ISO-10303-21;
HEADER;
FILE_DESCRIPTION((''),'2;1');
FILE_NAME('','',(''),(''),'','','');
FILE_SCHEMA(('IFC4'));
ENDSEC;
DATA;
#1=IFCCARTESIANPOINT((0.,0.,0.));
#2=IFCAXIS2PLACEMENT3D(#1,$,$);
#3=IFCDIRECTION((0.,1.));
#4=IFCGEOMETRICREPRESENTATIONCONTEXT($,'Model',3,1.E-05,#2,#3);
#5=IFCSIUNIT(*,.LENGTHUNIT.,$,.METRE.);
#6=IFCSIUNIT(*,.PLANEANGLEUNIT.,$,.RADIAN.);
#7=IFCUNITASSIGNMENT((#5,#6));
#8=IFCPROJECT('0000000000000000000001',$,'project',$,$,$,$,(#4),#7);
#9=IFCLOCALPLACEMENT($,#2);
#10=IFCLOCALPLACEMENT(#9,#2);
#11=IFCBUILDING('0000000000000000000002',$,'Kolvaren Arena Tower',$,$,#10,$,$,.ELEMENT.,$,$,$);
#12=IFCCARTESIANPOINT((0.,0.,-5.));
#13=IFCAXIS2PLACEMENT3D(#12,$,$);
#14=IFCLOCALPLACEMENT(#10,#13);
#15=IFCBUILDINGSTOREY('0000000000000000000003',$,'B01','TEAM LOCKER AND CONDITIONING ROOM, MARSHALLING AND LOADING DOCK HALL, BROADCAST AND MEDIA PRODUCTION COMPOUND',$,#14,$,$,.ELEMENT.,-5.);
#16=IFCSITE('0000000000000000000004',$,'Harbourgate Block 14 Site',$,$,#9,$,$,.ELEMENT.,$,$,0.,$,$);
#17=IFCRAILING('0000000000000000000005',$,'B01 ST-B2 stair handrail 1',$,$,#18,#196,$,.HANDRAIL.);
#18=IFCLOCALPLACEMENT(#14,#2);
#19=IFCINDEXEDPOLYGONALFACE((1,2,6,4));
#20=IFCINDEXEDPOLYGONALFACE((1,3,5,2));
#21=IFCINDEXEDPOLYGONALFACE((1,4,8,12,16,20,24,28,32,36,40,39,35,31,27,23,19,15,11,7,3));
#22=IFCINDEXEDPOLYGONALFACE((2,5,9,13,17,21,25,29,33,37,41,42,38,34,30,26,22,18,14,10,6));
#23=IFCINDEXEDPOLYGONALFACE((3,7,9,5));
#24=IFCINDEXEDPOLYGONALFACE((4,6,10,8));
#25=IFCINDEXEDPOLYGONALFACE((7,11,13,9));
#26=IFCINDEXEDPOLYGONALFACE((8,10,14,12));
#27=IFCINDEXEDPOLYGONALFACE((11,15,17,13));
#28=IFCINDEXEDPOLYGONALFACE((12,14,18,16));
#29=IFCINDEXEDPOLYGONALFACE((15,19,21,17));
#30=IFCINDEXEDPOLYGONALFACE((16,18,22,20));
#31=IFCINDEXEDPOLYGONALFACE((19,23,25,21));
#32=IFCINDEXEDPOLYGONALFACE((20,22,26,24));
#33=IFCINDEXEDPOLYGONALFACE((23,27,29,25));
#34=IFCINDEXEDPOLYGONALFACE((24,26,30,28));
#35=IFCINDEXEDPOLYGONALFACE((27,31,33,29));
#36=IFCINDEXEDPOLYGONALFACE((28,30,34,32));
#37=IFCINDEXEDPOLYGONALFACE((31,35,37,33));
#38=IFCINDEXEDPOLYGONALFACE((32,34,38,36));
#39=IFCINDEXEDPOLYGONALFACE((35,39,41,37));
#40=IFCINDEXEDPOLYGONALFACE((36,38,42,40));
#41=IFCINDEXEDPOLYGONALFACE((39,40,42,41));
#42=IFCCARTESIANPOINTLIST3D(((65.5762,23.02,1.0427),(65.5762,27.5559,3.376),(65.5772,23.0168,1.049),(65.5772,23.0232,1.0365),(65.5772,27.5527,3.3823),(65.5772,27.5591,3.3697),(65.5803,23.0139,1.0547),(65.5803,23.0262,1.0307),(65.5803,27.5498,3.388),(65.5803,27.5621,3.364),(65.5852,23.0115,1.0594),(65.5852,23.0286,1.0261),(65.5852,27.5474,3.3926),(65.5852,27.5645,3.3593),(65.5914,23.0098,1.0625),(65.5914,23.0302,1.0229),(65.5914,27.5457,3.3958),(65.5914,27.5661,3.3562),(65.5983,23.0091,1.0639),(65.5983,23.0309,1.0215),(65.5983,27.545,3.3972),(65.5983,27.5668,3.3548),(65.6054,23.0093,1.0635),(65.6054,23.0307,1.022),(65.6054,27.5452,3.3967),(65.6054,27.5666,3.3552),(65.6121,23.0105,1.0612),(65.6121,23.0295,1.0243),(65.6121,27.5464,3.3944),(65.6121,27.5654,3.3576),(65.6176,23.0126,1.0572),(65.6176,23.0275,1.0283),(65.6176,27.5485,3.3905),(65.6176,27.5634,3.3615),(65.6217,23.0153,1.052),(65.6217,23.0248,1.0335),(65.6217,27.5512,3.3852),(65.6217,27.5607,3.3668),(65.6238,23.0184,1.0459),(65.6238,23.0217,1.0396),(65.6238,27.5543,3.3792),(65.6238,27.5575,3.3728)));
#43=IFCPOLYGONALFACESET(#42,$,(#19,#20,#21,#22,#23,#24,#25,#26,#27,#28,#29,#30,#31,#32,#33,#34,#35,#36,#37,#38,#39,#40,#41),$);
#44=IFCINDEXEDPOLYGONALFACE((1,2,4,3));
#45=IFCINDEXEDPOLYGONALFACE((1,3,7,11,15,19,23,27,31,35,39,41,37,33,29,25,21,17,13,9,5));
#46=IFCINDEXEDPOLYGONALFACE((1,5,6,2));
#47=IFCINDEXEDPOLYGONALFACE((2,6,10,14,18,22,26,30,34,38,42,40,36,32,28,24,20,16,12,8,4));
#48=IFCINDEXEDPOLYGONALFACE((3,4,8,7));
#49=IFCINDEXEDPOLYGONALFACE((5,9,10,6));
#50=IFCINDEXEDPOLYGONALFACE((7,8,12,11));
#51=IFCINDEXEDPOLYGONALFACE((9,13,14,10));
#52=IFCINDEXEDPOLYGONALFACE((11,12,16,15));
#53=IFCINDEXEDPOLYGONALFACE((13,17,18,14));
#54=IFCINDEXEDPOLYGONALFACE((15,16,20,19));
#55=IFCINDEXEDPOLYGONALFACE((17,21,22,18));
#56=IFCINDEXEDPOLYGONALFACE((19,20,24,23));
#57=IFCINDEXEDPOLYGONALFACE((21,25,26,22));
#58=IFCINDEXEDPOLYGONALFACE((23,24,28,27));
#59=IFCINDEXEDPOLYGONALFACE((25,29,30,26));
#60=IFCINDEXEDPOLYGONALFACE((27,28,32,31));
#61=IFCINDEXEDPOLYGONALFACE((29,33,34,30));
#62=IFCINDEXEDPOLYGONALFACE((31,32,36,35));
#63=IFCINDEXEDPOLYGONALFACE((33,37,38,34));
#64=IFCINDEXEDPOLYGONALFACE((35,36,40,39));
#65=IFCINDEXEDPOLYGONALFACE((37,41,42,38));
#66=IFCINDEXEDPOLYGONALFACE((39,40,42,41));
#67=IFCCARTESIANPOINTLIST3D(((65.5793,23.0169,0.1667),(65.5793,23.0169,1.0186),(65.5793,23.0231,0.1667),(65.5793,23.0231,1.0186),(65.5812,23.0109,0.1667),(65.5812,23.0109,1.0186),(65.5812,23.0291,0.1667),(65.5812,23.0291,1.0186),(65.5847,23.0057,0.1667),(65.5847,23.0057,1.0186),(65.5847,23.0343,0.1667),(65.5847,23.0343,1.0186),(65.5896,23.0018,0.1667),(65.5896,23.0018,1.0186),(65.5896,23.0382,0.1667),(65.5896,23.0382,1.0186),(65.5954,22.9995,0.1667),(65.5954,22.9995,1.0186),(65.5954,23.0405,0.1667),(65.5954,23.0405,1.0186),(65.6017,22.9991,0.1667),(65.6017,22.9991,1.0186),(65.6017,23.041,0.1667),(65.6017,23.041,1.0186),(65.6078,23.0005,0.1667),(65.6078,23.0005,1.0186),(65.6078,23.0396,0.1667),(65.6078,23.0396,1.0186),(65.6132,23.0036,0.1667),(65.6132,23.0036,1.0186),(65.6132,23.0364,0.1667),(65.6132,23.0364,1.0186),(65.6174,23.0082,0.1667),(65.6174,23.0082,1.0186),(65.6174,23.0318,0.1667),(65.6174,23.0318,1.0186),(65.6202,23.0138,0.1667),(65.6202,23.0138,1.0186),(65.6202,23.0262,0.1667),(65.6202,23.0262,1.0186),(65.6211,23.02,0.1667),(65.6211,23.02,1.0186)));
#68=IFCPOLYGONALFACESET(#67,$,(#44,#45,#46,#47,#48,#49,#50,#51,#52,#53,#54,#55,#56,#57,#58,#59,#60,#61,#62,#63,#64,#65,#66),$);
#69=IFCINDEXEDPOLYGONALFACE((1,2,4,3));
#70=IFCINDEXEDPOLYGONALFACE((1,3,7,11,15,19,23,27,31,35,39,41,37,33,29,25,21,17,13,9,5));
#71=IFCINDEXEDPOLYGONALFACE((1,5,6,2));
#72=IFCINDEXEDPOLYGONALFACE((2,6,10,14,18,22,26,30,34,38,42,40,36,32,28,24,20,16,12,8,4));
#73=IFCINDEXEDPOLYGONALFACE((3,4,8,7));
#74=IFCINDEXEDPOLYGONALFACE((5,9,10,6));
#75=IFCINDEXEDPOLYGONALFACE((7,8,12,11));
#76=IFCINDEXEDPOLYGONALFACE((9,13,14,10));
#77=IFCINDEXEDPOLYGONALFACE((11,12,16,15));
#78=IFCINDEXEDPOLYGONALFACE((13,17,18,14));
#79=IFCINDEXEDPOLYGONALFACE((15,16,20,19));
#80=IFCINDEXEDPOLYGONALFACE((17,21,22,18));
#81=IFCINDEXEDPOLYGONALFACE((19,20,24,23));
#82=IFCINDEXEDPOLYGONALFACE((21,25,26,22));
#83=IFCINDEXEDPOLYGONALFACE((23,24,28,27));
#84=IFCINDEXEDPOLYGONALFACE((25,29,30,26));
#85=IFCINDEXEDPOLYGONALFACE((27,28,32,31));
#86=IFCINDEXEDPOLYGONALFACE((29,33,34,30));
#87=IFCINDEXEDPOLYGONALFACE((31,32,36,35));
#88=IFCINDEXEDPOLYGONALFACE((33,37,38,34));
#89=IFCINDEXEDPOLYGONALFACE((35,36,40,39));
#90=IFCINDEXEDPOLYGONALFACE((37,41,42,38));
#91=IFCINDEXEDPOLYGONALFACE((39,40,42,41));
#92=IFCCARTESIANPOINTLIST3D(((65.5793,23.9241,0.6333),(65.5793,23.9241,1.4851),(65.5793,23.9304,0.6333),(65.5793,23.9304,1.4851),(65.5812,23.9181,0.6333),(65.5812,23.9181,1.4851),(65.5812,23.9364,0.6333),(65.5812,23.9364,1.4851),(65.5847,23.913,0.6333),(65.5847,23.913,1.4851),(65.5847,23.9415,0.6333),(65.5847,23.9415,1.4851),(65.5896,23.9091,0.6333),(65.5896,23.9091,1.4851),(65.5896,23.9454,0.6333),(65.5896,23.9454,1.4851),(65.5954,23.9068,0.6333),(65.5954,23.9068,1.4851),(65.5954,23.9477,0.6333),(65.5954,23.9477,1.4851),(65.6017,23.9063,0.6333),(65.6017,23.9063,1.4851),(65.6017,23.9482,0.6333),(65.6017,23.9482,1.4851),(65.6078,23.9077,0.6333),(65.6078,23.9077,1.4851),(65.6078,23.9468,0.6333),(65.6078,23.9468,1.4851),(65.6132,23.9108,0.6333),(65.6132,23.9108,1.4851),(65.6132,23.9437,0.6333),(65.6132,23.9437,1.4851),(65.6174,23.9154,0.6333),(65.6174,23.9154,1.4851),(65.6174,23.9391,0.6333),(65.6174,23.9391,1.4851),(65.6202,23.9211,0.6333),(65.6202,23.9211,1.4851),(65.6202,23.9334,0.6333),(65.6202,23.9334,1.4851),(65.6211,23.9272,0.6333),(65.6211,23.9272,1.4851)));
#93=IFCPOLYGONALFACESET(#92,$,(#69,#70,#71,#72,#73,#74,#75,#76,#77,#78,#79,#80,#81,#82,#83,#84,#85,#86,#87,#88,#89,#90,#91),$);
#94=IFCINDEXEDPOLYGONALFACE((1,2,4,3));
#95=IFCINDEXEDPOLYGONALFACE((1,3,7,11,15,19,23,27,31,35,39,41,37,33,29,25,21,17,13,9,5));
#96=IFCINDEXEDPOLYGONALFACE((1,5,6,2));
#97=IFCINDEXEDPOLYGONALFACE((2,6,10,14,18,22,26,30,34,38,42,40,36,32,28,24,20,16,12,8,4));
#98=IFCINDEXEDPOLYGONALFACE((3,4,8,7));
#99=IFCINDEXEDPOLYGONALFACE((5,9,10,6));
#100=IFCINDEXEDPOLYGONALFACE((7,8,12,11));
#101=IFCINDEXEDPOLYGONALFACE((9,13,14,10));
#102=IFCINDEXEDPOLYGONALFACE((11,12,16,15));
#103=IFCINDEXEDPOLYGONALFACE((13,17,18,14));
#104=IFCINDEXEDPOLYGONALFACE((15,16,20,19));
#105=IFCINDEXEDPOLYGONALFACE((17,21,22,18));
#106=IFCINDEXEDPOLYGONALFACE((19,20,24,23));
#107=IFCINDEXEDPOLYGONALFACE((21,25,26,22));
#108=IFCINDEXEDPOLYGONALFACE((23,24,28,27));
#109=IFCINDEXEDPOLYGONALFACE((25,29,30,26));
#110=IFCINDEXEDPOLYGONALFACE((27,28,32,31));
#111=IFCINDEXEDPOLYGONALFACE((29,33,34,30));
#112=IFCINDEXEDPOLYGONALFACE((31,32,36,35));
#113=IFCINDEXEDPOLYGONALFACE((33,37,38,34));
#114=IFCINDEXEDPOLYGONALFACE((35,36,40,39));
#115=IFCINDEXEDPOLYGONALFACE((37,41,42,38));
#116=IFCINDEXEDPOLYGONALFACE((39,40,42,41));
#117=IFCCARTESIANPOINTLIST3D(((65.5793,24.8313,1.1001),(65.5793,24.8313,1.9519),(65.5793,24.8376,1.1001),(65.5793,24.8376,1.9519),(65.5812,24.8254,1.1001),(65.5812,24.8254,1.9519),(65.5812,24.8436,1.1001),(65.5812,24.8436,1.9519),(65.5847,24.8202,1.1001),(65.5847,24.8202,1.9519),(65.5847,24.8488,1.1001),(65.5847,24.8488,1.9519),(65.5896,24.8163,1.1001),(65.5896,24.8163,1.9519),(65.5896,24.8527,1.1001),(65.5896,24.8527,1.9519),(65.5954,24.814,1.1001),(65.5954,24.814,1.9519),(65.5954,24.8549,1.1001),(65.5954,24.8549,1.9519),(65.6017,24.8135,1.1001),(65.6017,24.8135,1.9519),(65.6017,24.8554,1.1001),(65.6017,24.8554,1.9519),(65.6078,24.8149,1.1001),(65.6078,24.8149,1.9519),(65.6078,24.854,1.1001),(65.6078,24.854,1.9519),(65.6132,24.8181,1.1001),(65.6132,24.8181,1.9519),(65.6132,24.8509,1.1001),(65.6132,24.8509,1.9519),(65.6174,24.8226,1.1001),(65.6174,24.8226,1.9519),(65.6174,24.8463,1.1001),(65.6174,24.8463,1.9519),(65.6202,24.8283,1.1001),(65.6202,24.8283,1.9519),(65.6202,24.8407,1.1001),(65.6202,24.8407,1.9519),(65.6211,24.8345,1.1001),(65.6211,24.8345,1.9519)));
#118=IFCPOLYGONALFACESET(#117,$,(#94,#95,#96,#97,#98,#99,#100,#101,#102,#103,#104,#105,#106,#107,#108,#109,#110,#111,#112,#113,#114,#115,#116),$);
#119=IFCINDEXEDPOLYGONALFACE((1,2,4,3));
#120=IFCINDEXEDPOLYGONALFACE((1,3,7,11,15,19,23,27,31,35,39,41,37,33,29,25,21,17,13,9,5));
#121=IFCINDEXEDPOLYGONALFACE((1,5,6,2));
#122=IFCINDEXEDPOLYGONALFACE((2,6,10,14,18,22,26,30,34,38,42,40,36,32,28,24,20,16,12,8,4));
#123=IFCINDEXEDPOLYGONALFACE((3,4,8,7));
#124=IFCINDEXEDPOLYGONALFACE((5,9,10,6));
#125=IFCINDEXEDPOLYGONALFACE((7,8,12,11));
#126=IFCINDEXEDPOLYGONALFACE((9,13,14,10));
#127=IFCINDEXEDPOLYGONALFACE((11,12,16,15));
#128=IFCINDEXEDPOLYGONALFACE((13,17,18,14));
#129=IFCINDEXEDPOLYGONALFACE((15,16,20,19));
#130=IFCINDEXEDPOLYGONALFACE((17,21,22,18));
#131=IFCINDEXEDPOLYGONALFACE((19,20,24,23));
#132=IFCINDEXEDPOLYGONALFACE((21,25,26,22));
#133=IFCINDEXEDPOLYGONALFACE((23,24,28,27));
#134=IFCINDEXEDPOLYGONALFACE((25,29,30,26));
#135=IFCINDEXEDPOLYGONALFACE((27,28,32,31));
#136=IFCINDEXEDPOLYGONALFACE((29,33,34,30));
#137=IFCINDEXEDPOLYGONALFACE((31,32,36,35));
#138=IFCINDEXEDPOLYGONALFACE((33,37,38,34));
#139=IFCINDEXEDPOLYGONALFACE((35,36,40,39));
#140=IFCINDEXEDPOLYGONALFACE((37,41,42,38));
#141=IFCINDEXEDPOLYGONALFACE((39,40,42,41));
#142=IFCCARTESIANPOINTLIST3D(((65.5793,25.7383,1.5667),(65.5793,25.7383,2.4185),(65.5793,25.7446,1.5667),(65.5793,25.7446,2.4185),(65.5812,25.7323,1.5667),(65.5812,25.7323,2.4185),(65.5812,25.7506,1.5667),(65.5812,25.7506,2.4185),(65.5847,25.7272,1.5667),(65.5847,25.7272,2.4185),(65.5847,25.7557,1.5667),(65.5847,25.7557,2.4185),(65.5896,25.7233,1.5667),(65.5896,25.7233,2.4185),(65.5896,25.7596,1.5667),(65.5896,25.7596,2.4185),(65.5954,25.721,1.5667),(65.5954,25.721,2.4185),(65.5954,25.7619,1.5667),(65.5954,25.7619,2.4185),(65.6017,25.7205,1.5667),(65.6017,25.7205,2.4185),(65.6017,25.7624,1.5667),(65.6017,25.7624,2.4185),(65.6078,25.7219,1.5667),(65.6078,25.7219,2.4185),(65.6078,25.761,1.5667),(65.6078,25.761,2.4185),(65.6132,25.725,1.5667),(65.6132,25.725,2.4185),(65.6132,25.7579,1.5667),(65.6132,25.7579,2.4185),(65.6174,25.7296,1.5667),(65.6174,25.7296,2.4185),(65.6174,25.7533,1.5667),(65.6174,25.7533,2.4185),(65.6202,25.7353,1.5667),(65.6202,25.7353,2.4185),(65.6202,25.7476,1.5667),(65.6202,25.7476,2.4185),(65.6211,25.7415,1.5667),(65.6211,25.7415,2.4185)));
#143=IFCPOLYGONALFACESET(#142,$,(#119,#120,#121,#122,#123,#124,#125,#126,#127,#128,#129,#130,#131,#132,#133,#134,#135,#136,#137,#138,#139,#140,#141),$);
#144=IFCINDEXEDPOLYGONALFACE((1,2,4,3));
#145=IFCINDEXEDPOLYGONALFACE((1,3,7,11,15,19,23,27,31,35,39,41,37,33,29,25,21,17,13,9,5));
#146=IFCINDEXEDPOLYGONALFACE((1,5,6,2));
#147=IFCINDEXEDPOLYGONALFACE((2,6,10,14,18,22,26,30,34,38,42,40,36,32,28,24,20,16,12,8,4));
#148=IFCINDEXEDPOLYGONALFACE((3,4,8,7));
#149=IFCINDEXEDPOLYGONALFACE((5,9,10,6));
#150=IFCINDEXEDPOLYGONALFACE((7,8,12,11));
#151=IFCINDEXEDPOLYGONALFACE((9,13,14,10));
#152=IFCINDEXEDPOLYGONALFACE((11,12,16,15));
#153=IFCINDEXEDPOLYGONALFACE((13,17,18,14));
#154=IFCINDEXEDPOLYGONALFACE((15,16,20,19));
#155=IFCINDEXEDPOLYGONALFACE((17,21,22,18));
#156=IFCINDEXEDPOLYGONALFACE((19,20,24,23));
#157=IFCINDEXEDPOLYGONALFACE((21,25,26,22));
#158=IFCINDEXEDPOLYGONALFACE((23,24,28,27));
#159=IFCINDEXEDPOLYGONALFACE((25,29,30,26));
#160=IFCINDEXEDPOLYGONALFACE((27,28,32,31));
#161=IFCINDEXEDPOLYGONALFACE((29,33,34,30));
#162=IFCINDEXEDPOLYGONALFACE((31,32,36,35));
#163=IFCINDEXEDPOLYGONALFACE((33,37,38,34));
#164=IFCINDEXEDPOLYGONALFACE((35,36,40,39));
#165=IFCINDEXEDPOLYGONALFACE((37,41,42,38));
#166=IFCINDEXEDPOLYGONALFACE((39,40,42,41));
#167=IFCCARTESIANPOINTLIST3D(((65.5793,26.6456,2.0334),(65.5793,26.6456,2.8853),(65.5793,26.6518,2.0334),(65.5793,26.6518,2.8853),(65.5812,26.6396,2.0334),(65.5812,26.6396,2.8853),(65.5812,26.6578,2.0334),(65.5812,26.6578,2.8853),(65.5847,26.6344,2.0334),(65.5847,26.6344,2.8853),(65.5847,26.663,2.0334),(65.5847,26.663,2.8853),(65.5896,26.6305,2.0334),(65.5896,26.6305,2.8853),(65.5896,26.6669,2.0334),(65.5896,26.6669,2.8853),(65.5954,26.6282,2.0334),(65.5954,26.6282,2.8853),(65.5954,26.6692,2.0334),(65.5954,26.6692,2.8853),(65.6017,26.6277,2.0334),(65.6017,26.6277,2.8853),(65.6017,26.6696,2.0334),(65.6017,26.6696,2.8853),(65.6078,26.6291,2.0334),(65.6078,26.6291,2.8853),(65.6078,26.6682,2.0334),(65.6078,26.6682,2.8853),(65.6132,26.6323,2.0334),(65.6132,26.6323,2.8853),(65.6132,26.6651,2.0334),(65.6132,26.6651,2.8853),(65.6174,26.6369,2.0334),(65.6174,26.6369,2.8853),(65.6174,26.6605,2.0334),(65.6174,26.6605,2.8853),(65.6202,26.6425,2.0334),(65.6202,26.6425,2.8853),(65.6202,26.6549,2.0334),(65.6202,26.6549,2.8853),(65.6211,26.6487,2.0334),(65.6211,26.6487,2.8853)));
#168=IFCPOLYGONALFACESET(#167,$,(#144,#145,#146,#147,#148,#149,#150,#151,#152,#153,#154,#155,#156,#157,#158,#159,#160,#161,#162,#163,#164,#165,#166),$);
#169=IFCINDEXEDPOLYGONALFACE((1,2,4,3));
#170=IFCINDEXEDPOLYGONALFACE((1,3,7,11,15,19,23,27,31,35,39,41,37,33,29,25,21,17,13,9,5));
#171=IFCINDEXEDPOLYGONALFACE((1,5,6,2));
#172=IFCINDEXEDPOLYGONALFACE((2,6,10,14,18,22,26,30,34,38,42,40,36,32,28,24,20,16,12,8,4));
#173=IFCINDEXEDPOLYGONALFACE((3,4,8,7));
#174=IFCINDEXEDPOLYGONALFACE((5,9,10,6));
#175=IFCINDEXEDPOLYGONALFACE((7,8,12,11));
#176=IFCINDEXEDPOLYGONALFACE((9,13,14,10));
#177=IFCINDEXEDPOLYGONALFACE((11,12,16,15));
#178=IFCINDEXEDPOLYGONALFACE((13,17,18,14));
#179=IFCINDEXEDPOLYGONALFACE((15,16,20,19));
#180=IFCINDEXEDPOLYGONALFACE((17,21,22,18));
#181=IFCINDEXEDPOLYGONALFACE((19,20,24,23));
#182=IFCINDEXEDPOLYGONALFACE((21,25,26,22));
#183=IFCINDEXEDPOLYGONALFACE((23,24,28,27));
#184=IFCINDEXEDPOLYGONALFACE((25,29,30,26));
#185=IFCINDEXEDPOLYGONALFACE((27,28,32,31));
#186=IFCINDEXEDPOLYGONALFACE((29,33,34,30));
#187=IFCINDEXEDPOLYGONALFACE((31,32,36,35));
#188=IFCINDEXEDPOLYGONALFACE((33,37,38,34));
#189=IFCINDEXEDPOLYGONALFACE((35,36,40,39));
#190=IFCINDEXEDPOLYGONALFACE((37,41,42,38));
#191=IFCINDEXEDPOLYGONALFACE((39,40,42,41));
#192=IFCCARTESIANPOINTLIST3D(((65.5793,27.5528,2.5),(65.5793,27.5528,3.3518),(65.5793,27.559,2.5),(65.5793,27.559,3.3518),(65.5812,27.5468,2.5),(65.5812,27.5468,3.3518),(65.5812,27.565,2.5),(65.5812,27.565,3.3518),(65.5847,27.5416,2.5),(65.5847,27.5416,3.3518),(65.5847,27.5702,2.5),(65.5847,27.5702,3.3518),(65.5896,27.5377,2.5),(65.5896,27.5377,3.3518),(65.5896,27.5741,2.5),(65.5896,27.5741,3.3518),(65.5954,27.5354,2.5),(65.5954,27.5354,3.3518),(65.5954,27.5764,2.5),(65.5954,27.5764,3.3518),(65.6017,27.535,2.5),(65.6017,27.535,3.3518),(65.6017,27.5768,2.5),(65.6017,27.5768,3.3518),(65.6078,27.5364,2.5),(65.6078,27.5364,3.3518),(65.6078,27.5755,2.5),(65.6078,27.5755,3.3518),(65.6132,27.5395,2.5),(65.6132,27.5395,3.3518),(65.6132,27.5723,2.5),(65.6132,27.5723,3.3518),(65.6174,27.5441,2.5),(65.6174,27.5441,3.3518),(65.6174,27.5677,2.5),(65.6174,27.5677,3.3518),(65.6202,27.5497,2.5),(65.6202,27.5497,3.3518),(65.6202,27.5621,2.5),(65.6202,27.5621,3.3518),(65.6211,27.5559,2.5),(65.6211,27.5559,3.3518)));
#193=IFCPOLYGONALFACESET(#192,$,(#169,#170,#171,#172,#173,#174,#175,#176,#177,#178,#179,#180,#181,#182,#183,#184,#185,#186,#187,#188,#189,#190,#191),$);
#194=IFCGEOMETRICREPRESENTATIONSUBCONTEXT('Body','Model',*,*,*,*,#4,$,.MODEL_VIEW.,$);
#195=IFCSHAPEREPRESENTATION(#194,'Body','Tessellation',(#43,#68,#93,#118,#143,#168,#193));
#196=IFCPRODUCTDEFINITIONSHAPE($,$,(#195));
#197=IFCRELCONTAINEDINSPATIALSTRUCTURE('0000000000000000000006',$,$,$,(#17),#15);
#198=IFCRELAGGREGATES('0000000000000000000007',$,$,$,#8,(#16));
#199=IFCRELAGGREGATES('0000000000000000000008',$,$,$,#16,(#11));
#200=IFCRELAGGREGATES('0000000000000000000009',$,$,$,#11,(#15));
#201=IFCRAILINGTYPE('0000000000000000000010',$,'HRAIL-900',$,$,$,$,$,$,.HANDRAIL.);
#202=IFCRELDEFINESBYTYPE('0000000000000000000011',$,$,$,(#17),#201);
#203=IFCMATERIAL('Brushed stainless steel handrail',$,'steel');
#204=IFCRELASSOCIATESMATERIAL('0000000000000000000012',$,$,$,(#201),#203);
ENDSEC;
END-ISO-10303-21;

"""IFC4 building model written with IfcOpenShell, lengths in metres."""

from ifc_helpers import new_model, si_unit, direction, frame, origin, origin_2d, place, context, subcontext, project, spatial, circle, extrude, material, type_object, element, save


model = new_model("IFC4")

# Units and contexts
model_context = context("Model", 3, precision=1e-05, world=origin(), true_north=direction((0.0, 1.0)))
body_context = subcontext(model_context, "Body", "Model", "MODEL_VIEW")
ifc_project = project(units=[si_unit("LENGTHUNIT", "METRE"), si_unit("PLANEANGLEUNIT", "RADIAN")], contexts=[model_context])

# Site, building, storey
site_placement = place(None, origin())
site = spatial("IfcSite", under=ifc_project, at=site_placement, Name="Harbourgate Block 14 Site", CompositionType="ELEMENT", RefElevation=0.0)
building_placement = place(site_placement, origin())
building = spatial("IfcBuilding", under=site, at=building_placement, Name="Kolvaren Arena Tower", CompositionType="ELEMENT")
storey_placement = place(building_placement, frame((0.0, 0.0, -5.0)))
storey = spatial("IfcBuildingStorey", under=building, at=storey_placement, Name="B01", Description="TEAM LOCKER AND CONDITIONING ROOM, MARSHALLING AND LOADING DOCK HALL, BROADCAST AND MEDIA PRODUCTION COMPOUND", CompositionType="ELEMENT", Elevation=-5.0)

# Railing
ifc_material_1 = material(Name="Brushed stainless steel handrail", Category="steel")
railing_type_1 = type_object("IfcRailingType", Name="HRAIL-900", PredefinedType="HANDRAIL", material=ifc_material_1)
railing_1_placement = place(storey_placement, frame((65.6001, 23.02, 0.1667)))
element("IfcRailing", 1, at=railing_1_placement, inside=storey, type_object=railing_type_1, Name="B01 ST-B2 stair handrail 1", PredefinedType="HANDRAIL", context=body_context, shape_type="SweptSolid", body=[
    extrude(circle(Radius=0.0239, at=origin_2d()), frame((0.0, 0.0, 0.876), z_axis=(0.0, 0.889247, 0.457427), x_axis=(-1.0, 0.0, 0.0)), (0.0, 0.0, 1.0), 5.1008),
    extrude(circle(Radius=0.021, at=origin_2d()), origin(), (0.0, 0.0, 1.0), 0.8518),
    extrude(circle(Radius=0.021, at=origin_2d()), frame((0.0, 0.9072, 0.4666)), (0.0, 0.0, 1.0), 0.8518),
    extrude(circle(Radius=0.021, at=origin_2d()), frame((0.0, 1.8145, 0.9333)), (0.0, 0.0, 1.0), 0.8518),
    extrude(circle(Radius=0.021, at=origin_2d()), frame((0.0, 2.7214, 1.3999)), (0.0, 0.0, 1.0), 0.8518),
    extrude(circle(Radius=0.021, at=origin_2d()), frame((0.0, 3.6287, 1.8667)), (0.0, 0.0, 1.0), 0.8518),
    extrude(circle(Radius=0.021, at=origin_2d()), frame((0.0, 4.5359, 2.3333)), (0.0, 0.0, 1.0), 0.8518),
])

save(model, "model.ifc")
